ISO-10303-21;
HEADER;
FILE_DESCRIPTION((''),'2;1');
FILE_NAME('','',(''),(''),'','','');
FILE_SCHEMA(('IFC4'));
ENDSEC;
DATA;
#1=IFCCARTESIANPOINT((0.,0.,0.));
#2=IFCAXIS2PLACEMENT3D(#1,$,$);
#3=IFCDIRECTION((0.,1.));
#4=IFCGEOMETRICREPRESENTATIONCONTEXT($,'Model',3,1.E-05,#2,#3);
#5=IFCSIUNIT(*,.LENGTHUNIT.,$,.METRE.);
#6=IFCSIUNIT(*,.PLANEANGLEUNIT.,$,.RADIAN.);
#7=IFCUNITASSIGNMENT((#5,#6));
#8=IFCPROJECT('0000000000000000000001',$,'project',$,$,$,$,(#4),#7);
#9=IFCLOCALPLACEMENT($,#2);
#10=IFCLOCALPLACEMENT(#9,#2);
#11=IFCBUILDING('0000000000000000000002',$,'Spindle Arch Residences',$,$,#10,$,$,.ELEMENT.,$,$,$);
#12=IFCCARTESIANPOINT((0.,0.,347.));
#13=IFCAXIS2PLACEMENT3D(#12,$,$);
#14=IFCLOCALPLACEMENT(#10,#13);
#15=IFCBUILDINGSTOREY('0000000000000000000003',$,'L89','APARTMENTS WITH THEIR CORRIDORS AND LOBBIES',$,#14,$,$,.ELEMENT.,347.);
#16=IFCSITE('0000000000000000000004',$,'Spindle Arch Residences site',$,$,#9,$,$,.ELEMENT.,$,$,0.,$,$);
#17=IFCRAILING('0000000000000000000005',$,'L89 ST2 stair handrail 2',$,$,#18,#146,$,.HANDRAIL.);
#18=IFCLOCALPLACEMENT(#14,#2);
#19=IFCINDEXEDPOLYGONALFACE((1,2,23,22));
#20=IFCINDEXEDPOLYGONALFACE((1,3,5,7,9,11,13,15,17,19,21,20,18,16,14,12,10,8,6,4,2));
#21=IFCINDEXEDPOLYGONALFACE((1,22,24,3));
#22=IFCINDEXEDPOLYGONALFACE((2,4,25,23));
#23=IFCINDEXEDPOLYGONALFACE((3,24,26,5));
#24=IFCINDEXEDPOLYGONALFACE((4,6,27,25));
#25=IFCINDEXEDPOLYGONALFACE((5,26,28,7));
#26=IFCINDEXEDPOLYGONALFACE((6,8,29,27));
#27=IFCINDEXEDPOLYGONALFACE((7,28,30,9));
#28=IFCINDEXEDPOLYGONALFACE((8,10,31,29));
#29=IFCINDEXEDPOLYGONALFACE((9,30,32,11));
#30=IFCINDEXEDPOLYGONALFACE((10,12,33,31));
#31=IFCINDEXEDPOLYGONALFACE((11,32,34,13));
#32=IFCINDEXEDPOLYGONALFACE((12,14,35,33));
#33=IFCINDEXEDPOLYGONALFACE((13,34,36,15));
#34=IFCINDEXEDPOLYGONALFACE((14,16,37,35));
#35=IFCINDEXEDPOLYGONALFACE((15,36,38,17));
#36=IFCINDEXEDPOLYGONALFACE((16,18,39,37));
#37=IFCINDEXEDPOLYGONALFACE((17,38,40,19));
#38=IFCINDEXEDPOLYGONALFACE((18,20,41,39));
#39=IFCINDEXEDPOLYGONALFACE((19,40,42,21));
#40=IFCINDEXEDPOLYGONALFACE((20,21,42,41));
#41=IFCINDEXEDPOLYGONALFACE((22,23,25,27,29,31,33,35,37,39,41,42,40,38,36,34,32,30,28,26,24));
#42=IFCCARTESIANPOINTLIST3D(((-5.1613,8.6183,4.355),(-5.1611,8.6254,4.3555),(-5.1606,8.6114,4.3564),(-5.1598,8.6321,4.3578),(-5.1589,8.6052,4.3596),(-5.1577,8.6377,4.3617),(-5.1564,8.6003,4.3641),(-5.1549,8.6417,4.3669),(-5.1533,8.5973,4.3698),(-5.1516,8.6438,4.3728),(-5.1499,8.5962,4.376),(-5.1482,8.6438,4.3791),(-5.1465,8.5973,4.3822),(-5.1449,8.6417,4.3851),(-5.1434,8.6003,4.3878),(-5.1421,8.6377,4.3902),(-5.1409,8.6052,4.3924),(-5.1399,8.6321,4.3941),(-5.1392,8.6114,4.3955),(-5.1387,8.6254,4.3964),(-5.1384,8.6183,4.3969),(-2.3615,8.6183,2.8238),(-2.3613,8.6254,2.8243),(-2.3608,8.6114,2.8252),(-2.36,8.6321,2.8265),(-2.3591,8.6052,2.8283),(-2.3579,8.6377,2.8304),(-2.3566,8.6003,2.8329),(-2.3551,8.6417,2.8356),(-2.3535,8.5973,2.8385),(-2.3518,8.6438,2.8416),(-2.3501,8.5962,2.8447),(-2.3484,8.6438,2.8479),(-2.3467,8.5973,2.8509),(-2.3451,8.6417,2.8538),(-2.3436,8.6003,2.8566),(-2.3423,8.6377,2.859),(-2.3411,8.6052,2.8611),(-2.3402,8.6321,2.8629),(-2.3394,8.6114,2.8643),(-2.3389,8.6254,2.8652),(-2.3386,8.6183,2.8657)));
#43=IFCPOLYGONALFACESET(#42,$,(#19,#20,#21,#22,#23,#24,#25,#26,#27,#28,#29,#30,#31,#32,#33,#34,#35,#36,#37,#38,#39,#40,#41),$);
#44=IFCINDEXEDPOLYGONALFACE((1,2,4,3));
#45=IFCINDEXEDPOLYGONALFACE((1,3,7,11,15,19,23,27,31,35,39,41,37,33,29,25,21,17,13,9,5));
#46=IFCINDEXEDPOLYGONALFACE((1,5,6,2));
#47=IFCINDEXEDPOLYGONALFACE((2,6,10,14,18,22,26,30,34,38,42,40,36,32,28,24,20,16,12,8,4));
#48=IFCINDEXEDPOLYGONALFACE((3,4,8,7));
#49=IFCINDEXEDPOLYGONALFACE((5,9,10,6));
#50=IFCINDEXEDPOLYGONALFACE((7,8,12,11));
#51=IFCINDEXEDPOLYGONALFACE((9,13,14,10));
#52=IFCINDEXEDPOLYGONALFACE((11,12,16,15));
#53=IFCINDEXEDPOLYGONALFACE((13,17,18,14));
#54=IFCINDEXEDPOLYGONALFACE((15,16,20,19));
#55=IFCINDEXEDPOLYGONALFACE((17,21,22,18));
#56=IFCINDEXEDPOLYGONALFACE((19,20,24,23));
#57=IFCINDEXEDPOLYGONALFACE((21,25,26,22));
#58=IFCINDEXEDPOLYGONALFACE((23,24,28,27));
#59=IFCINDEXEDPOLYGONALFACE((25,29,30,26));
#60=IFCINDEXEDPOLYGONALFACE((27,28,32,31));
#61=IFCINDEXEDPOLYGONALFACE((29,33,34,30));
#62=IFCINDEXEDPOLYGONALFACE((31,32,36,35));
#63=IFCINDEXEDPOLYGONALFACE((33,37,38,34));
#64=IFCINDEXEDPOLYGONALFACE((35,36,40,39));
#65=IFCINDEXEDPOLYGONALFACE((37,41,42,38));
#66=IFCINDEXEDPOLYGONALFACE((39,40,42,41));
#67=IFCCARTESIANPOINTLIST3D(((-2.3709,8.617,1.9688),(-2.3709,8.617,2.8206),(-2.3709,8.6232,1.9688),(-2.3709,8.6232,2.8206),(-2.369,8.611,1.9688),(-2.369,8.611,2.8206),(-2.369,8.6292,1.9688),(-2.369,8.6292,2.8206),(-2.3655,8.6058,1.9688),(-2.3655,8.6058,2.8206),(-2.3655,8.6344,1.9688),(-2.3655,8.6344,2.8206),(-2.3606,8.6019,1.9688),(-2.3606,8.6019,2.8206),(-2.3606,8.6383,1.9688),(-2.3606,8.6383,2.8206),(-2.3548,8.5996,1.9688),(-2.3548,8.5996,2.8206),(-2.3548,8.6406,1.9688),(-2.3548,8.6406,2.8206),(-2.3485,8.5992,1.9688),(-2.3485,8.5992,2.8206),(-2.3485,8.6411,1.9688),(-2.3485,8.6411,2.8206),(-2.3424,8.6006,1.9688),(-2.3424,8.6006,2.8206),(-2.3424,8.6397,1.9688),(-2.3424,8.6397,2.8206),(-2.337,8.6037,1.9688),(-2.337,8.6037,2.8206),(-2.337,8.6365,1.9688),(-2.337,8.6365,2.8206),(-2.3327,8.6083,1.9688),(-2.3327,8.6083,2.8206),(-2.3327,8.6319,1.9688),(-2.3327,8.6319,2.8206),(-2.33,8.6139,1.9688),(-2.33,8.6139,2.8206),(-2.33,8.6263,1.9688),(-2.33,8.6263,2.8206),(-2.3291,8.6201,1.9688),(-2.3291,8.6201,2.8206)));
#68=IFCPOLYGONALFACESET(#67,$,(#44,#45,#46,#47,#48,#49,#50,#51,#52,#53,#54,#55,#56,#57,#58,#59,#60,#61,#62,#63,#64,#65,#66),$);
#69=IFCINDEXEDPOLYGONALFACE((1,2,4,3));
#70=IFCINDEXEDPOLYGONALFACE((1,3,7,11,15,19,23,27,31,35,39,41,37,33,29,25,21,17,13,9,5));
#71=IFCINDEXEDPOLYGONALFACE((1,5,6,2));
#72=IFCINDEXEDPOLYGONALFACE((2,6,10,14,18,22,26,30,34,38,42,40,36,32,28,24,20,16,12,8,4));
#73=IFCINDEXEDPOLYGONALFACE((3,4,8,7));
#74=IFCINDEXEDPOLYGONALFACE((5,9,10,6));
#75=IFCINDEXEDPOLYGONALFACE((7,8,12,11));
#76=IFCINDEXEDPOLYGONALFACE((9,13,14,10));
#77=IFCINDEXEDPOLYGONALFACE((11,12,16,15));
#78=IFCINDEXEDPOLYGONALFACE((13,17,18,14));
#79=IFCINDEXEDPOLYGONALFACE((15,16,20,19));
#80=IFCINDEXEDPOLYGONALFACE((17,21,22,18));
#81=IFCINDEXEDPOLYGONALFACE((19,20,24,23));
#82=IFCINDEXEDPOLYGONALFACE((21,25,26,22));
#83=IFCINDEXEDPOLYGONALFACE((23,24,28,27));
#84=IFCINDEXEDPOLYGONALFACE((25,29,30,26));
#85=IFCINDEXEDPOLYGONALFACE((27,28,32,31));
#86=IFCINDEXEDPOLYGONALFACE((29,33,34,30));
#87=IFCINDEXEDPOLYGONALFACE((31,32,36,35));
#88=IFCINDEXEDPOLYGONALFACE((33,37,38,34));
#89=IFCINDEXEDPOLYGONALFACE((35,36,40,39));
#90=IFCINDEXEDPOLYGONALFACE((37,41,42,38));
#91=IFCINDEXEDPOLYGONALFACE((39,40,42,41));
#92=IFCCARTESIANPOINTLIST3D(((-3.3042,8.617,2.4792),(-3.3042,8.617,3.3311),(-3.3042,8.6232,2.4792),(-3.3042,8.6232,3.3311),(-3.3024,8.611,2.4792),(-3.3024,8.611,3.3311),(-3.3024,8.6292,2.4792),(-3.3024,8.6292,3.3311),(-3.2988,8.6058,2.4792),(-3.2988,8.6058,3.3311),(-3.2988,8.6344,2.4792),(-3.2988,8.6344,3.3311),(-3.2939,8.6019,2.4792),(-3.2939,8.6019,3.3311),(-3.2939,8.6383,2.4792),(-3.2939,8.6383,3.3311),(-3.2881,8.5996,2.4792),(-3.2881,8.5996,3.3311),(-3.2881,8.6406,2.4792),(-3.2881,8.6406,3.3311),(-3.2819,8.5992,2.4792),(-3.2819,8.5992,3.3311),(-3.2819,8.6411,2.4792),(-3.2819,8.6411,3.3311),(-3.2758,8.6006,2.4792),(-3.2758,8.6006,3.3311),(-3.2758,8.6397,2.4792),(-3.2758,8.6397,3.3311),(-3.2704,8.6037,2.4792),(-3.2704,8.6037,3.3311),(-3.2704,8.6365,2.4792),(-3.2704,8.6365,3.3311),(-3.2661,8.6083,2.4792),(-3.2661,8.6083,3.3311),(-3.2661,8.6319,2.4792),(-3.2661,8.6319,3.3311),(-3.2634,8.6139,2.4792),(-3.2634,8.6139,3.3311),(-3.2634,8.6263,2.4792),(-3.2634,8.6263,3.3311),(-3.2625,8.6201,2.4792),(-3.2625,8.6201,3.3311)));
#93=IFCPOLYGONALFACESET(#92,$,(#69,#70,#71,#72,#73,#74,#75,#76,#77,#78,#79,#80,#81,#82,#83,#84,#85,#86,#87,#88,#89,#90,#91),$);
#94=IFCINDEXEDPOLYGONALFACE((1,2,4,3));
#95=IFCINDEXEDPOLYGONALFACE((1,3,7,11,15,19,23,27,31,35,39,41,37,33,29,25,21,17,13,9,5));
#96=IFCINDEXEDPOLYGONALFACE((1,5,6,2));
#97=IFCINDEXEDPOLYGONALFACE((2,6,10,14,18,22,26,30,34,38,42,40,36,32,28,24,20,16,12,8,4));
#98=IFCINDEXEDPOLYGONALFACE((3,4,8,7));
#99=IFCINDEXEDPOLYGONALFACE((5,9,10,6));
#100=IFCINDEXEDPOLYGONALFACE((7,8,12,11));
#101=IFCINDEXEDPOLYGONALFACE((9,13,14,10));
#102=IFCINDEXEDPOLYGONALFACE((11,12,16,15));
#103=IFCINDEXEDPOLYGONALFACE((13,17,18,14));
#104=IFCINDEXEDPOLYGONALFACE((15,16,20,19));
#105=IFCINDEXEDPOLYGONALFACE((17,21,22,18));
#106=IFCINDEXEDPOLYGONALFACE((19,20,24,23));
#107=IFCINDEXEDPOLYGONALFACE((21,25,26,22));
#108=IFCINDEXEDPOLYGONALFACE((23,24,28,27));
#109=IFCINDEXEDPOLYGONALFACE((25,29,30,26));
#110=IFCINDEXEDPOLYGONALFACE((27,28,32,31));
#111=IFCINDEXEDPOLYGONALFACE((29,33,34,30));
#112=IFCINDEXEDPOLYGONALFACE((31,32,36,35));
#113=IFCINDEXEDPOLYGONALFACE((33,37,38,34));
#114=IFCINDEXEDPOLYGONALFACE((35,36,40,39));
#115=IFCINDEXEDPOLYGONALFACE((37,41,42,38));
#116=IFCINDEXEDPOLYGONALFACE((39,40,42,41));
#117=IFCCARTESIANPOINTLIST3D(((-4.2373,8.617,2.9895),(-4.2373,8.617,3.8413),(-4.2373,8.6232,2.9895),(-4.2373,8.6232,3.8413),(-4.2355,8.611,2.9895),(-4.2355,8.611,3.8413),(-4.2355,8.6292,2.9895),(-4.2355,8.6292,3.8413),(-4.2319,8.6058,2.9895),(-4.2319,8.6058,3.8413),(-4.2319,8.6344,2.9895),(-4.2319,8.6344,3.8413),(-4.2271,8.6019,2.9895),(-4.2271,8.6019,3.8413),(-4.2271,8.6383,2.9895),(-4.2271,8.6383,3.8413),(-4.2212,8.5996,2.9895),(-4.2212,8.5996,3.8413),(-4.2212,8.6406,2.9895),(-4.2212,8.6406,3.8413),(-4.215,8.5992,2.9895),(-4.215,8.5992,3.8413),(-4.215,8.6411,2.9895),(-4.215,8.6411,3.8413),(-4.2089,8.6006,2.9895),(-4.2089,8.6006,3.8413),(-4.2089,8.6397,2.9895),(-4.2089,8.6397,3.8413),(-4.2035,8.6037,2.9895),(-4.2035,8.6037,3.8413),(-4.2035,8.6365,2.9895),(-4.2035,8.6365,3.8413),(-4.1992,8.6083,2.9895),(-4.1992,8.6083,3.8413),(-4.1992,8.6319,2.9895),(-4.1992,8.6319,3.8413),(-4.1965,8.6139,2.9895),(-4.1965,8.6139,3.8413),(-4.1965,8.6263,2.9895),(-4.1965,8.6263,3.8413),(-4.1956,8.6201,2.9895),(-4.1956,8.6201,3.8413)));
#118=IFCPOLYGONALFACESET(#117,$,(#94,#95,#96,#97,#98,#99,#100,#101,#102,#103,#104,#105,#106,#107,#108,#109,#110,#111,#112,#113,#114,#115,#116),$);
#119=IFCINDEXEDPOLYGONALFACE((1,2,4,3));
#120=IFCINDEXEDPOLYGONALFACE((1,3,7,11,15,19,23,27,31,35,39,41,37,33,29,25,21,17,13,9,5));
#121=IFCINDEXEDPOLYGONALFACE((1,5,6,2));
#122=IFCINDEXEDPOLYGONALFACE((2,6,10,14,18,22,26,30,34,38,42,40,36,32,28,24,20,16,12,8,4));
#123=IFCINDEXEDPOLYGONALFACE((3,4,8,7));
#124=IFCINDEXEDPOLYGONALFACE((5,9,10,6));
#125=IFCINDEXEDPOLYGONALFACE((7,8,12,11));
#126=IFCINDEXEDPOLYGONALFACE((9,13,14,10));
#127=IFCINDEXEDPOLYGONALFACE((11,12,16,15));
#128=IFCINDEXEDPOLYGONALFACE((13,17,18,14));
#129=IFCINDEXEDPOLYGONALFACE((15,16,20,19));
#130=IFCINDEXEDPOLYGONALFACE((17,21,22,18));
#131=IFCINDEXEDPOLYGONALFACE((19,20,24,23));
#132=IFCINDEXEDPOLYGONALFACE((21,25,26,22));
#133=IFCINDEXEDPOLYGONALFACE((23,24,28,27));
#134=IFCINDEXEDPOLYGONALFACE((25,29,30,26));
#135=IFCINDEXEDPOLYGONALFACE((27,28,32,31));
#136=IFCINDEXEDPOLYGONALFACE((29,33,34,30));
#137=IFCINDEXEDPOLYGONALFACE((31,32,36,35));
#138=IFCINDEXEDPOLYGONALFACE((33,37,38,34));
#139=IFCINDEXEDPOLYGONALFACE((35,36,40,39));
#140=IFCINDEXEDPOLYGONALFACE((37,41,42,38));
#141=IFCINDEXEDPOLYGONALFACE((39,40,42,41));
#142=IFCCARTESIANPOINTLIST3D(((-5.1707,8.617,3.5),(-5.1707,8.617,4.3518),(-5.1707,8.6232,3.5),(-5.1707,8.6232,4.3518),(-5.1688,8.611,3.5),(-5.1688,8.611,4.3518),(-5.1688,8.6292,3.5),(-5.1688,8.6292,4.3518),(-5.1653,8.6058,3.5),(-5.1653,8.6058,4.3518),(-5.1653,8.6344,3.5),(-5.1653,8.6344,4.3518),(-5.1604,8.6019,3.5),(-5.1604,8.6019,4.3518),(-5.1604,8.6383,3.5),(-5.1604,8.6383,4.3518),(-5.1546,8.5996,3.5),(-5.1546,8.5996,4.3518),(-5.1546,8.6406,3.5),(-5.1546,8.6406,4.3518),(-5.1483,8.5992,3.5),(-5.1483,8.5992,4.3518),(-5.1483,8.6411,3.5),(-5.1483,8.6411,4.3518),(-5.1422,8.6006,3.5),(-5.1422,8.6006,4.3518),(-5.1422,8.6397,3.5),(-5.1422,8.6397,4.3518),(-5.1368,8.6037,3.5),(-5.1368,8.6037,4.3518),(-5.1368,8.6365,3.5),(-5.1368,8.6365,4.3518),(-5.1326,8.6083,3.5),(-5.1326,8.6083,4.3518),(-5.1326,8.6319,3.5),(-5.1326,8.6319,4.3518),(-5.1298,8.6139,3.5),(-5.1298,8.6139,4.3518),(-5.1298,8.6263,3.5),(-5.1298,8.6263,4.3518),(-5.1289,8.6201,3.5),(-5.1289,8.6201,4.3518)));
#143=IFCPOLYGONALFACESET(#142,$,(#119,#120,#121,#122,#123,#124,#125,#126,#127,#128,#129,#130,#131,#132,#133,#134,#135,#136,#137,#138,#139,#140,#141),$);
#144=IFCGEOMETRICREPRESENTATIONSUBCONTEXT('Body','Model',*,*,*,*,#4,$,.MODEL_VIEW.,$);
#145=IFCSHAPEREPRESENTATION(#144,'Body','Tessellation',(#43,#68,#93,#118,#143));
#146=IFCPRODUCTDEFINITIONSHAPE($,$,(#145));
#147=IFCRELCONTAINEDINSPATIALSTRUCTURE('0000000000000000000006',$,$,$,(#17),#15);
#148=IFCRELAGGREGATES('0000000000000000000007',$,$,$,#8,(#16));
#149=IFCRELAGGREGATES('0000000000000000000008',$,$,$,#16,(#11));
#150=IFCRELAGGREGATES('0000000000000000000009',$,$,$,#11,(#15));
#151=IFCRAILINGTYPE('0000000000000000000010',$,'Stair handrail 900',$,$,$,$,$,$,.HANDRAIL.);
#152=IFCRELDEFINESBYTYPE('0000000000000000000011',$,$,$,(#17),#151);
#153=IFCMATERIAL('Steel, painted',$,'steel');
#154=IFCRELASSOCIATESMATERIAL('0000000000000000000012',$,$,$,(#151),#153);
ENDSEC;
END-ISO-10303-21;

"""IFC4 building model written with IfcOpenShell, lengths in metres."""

from ifc_helpers import new_model, si_unit, direction, frame, origin, origin_2d, place, context, subcontext, project, spatial, circle, extrude, material, type_object, element, save


model = new_model("IFC4")

# Units and contexts
model_context = context("Model", 3, precision=1e-05, world=origin(), true_north=direction((0.0, 1.0)))
body_context = subcontext(model_context, "Body", "Model", "MODEL_VIEW")
ifc_project = project(units=[si_unit("LENGTHUNIT", "METRE"), si_unit("PLANEANGLEUNIT", "RADIAN")], contexts=[model_context])

# Site, building, storey
site_placement = place(None, origin())
site = spatial("IfcSite", under=ifc_project, at=site_placement, Name="Spindle Arch Residences site", CompositionType="ELEMENT", RefElevation=0.0)
building_placement = place(site_placement, origin())
building = spatial("IfcBuilding", under=site, at=building_placement, Name="Spindle Arch Residences", CompositionType="ELEMENT")
storey_placement = place(building_placement, frame((0.0, 0.0, 347.0)))
storey = spatial("IfcBuildingStorey", under=building, at=storey_placement, Name="L89", Description="APARTMENTS WITH THEIR CORRIDORS AND LOBBIES", CompositionType="ELEMENT", Elevation=347.0)

# Railing
ifc_material_1 = material(Name="Steel, painted", Category="steel")
railing_type_1 = type_object("IfcRailingType", Name="Stair handrail 900", PredefinedType="HANDRAIL", material=ifc_material_1)
railing_1_placement = place(storey_placement, frame((-2.3501, 8.6201, 1.9688)))
element("IfcRailing", 1, at=railing_1_placement, inside=storey, type_object=railing_type_1, Name="L89 ST2 stair handrail 2", PredefinedType="HANDRAIL", context=body_context, shape_type="SweptSolid", body=[
    extrude(circle(Radius=0.0239, at=origin_2d()), frame((0.0, 0.0, 0.876), z_axis=(-0.877357, 0.0, 0.479838), x_axis=(0.0, -1.0, 0.0)), (0.0, 0.0, 1.0), 3.1912),
    extrude(circle(Radius=0.021, at=origin_2d()), origin(), (0.0, 0.0, 1.0), 0.8518),
    extrude(circle(Radius=0.021, at=origin_2d()), frame((-0.9333, 0.0, 0.5105)), (0.0, 0.0, 1.0), 0.8518),
    extrude(circle(Radius=0.021, at=origin_2d()), frame((-1.8665, 0.0, 1.0208)), (0.0, 0.0, 1.0), 0.8518),
    extrude(circle(Radius=0.021, at=origin_2d()), frame((-2.7998, 0.0, 1.5312)), (0.0, 0.0, 1.0), 0.8518),
])

save(model, "model.ifc")
